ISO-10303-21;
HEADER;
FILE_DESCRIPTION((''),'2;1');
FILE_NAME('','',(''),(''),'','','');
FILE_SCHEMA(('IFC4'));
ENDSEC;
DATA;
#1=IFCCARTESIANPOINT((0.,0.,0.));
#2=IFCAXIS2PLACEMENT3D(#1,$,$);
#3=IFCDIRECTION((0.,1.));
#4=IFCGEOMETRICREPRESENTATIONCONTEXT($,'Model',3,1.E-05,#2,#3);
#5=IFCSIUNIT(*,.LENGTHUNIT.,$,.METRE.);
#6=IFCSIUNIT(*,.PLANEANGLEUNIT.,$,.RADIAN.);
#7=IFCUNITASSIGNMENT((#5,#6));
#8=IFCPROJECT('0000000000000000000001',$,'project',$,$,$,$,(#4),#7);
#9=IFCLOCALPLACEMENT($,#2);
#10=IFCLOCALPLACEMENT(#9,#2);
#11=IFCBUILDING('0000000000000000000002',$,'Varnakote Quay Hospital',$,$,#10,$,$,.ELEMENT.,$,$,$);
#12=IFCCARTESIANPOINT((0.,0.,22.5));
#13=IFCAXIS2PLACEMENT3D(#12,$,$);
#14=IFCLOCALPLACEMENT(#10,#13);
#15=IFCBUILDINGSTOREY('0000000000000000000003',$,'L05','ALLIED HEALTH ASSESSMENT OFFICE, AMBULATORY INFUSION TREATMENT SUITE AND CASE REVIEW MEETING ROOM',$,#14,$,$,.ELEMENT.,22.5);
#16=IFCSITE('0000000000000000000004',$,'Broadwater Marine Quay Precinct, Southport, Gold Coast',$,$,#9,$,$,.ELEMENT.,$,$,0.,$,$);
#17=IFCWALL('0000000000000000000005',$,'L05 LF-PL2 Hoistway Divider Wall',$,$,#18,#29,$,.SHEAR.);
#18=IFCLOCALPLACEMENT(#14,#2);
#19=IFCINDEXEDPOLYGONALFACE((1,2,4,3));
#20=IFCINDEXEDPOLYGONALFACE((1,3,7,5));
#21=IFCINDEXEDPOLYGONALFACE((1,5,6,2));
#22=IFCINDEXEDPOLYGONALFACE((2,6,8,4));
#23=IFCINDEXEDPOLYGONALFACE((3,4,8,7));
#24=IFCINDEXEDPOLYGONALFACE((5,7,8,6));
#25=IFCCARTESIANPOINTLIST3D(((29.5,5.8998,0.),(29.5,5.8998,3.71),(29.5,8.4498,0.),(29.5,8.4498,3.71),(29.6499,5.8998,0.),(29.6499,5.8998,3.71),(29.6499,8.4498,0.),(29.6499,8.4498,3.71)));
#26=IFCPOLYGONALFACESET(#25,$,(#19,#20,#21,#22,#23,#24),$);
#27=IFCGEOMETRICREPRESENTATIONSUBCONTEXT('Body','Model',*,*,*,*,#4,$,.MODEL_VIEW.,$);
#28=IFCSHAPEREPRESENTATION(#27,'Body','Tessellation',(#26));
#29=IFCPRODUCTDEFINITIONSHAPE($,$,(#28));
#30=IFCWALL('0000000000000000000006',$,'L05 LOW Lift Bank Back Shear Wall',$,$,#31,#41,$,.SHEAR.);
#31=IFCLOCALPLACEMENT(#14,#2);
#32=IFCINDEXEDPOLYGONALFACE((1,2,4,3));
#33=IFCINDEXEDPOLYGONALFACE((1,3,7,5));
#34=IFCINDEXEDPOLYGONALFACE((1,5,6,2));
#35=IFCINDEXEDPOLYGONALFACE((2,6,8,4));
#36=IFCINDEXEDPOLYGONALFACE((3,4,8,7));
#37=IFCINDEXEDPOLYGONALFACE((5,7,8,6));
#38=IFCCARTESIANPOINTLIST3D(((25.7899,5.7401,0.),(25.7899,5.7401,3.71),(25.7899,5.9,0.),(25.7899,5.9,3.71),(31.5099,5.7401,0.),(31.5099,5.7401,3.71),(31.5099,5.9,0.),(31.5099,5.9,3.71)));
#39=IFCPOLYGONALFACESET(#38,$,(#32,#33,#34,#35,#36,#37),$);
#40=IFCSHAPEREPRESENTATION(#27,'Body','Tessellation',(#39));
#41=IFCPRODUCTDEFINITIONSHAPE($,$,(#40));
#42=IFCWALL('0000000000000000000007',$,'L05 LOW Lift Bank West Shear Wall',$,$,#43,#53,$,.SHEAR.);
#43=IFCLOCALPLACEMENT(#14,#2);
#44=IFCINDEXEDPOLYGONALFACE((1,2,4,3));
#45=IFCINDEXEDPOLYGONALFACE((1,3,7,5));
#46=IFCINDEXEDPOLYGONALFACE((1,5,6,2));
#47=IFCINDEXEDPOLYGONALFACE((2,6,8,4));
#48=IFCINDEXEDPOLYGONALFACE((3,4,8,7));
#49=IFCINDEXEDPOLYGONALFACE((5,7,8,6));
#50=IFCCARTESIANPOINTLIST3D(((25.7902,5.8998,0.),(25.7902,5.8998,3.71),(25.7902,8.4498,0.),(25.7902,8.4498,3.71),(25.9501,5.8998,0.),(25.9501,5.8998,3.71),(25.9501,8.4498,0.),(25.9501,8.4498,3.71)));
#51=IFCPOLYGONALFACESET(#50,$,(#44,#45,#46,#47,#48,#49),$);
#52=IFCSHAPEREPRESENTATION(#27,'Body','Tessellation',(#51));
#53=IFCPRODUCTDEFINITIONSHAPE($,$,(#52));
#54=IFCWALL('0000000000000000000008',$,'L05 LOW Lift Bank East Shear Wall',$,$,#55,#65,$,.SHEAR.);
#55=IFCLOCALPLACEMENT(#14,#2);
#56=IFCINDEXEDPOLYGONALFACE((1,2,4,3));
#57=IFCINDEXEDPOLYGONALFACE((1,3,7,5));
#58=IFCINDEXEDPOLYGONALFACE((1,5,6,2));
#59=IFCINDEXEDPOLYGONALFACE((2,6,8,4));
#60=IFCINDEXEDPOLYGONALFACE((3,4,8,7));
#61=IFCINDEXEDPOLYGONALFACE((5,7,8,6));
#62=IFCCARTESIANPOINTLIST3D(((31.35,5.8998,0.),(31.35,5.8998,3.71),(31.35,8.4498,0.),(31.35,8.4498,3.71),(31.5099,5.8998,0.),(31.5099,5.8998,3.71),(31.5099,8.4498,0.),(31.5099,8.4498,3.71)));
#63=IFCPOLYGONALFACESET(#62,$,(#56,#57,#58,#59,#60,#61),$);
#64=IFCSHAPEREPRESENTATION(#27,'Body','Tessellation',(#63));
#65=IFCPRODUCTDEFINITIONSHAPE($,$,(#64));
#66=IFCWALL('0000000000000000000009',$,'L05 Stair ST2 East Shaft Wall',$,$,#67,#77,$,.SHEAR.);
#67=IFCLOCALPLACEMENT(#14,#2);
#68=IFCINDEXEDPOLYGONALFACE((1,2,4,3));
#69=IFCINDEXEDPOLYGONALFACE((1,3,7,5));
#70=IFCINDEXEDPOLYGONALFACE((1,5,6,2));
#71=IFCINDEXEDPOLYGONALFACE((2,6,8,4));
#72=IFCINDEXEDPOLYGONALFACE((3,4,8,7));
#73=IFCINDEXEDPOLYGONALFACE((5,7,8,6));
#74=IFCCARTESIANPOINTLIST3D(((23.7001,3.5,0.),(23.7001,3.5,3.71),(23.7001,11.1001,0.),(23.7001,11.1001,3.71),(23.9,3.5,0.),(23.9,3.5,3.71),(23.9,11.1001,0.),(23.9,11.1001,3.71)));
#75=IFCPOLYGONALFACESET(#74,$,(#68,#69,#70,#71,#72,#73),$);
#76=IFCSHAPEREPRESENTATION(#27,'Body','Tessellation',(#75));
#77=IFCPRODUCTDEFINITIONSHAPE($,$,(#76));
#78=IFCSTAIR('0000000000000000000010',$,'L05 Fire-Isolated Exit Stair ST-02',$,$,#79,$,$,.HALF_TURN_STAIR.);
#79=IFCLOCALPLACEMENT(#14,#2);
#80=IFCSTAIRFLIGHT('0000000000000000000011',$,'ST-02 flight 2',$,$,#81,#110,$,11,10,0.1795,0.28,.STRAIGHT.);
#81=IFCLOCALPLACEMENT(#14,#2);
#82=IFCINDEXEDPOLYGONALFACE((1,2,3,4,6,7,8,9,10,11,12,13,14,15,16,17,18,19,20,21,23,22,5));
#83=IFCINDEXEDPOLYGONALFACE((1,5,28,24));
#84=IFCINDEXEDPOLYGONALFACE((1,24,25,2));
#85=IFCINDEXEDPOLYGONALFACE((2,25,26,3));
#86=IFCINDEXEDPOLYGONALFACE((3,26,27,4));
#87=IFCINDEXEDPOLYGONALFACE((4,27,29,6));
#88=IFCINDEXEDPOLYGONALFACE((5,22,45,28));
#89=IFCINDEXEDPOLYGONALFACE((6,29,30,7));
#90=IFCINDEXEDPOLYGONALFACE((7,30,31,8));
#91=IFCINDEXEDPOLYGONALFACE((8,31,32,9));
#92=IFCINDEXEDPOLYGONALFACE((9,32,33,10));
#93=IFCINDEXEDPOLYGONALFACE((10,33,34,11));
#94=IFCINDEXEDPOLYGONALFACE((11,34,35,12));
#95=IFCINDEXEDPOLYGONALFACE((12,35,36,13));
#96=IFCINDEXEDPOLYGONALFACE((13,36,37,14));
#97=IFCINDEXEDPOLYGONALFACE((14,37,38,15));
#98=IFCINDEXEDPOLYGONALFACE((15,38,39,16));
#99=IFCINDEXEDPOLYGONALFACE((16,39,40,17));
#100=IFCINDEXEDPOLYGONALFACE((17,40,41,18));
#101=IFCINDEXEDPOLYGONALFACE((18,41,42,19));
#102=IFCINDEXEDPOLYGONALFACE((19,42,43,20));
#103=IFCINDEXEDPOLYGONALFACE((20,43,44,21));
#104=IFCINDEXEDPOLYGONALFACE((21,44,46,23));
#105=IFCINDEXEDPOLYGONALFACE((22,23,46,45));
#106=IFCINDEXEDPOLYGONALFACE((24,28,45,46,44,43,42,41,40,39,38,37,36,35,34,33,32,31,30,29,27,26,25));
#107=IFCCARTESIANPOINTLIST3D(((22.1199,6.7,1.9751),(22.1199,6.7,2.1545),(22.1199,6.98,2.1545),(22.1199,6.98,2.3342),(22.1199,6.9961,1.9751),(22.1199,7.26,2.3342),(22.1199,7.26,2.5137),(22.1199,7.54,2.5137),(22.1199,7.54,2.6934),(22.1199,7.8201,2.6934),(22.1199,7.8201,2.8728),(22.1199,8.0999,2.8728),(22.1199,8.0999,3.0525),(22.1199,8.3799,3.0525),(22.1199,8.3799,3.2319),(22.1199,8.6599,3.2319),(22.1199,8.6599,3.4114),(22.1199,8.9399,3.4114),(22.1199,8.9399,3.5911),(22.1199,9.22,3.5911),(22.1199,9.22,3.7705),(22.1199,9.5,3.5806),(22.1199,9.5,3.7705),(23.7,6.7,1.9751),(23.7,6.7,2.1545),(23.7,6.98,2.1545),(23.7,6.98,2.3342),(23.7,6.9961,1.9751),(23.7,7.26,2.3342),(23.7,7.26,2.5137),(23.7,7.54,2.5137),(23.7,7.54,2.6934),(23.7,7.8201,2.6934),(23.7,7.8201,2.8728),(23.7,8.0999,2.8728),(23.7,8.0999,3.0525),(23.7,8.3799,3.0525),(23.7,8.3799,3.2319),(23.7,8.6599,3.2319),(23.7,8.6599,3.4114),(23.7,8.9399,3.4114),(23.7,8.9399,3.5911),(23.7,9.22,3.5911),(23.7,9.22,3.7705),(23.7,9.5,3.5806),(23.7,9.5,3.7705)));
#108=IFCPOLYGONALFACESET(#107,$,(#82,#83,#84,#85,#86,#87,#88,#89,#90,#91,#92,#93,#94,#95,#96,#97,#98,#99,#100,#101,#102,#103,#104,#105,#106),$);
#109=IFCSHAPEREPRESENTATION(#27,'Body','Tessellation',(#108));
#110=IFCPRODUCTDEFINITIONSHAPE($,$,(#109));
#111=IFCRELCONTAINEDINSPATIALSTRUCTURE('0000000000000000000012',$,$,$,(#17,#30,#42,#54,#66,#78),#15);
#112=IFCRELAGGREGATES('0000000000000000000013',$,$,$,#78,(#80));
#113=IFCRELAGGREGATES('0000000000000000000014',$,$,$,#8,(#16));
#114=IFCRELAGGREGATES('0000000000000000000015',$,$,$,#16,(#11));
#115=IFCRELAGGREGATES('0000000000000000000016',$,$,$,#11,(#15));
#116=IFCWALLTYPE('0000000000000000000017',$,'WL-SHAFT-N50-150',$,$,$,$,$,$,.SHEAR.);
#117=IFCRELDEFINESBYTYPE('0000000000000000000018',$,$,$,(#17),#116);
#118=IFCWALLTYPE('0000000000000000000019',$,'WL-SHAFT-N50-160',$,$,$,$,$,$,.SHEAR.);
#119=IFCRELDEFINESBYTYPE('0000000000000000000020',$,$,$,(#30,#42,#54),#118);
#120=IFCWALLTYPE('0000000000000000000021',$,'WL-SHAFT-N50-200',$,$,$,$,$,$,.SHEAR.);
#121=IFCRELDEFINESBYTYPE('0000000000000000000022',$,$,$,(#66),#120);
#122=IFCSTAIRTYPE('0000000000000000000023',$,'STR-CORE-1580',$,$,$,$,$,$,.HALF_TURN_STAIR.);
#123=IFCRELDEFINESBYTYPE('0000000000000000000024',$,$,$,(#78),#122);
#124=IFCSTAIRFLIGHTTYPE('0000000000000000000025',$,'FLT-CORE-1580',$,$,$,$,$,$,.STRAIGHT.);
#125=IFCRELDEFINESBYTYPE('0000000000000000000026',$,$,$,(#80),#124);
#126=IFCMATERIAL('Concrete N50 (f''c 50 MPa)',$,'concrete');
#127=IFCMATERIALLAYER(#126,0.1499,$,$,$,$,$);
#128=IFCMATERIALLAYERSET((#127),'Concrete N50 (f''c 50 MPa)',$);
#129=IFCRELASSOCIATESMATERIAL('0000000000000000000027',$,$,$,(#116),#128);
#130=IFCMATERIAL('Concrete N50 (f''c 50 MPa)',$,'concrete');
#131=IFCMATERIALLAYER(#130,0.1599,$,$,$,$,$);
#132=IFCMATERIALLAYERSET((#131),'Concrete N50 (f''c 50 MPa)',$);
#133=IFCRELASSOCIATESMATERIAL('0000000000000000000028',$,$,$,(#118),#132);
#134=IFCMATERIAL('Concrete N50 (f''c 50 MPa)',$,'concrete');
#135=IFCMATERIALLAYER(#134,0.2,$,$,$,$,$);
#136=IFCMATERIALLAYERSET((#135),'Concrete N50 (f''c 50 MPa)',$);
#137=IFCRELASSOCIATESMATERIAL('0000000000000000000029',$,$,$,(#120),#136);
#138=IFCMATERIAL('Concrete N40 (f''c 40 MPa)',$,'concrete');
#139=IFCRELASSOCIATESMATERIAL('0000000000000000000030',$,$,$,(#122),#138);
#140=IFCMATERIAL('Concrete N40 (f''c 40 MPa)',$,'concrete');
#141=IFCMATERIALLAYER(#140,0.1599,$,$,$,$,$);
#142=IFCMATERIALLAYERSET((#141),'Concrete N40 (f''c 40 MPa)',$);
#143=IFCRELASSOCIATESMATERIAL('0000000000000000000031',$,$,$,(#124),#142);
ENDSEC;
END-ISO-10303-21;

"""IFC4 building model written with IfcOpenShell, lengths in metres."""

from ifc_helpers import new_model, si_unit, direction, frame, frame_2d, origin, place, context, subcontext, project, spatial, polyline, rectangle, outline, extrude, material, layer, layer_set, type_object, element, aggregate, save


model = new_model("IFC4")

# Units and contexts
model_context = context("Model", 3, precision=1e-05, world=origin(), true_north=direction((0.0, 1.0)))
body_context = subcontext(model_context, "Body", "Model", "MODEL_VIEW")
ifc_project = project(units=[si_unit("LENGTHUNIT", "METRE"), si_unit("PLANEANGLEUNIT", "RADIAN")], contexts=[model_context])

# Site, building, storey
site_placement = place(None, origin())
site = spatial("IfcSite", under=ifc_project, at=site_placement, Name="Broadwater Marine Quay Precinct, Southport, Gold Coast", CompositionType="ELEMENT", RefElevation=0.0)
building_placement = place(site_placement, origin())
building = spatial("IfcBuilding", under=site, at=building_placement, Name="Varnakote Quay Hospital", CompositionType="ELEMENT")
storey_placement = place(building_placement, frame((0.0, 0.0, 22.5)))
storey = spatial("IfcBuildingStorey", under=building, at=storey_placement, Name="L05", Description="ALLIED HEALTH ASSESSMENT OFFICE, AMBULATORY INFUSION TREATMENT SUITE AND CASE REVIEW MEETING ROOM", CompositionType="ELEMENT", Elevation=22.5)

# Walls
ifc_material_1 = material(Name="Concrete N50 (f'c 50 MPa)", Category="concrete")
ifc_layer_1 = layer(ifc_material_1, 0.1499)
ifc_layer_set_1 = layer_set([ifc_layer_1], Name="Concrete N50 (f'c 50 MPa)")
wall_type_1 = type_object("IfcWallType", Name="WL-SHAFT-N50-150", PredefinedType="SHEAR", material=ifc_layer_set_1)
for number, where, z_axis, x_axis, name in (
    (1, (29.575, 5.8999, 0.0), (0.0, 0.0, 1.0), (0.0, 1.0, 0.0), "L05 LF-PL2 Hoistway Divider Wall"),
):
    element("IfcWall", number, at=place(storey_placement, frame(where, z_axis=z_axis, x_axis=x_axis)), inside=storey, type_object=wall_type_1, Name=name, PredefinedType="SHEAR", context=body_context, shape_type="SweptSolid", body=[
        extrude(rectangle(XDim=2.55, YDim=0.1499, at=frame_2d((1.2749, 0.0))), origin(), (0.0, 0.0, 1.0), 3.71),
    ])
ifc_material_2 = material(Name="Concrete N50 (f'c 50 MPa)", Category="concrete")
ifc_layer_2 = layer(ifc_material_2, 0.1599)
ifc_layer_set_2 = layer_set([ifc_layer_2], Name="Concrete N50 (f'c 50 MPa)")
wall_type_2 = type_object("IfcWallType", Name="WL-SHAFT-N50-160", PredefinedType="SHEAR", material=ifc_layer_set_2)
wall_1_placement = place(storey_placement, frame((25.79, 5.8201, 0.0), z_axis=(0.0, 0.0, 1.0), x_axis=(1.0, 0.0, 0.0)))
element("IfcWall", 2, at=wall_1_placement, inside=storey, type_object=wall_type_2, Name="L05 LOW Lift Bank Back Shear Wall", PredefinedType="SHEAR", context=body_context, shape_type="SweptSolid", body=[
    extrude(rectangle(XDim=5.72, YDim=0.1599, at=frame_2d((2.8599, 0.0))), origin(), (0.0, 0.0, 1.0), 3.71),
])
for number, where, z_axis, x_axis, name in (
    (3, (25.8701, 5.8999, 0.0), (0.0, 0.0, 1.0), (0.0, 1.0, 0.0), "L05 LOW Lift Bank West Shear Wall"),
    (4, (31.4299, 5.8999, 0.0), (0.0, 0.0, 1.0), (0.0, 1.0, 0.0), "L05 LOW Lift Bank East Shear Wall"),
):
    element("IfcWall", number, at=place(storey_placement, frame(where, z_axis=z_axis, x_axis=x_axis)), inside=storey, type_object=wall_type_2, Name=name, PredefinedType="SHEAR", context=body_context, shape_type="SweptSolid", body=[
        extrude(rectangle(XDim=2.55, YDim=0.1599, at=frame_2d((1.2749, 0.0))), origin(), (0.0, 0.0, 1.0), 3.71),
    ])

# Wall
ifc_material_3 = material(Name="Concrete N50 (f'c 50 MPa)", Category="concrete")
ifc_layer_3 = layer(ifc_material_3, 0.2)
ifc_layer_set_3 = layer_set([ifc_layer_3], Name="Concrete N50 (f'c 50 MPa)")
wall_type_3 = type_object("IfcWallType", Name="WL-SHAFT-N50-200", PredefinedType="SHEAR", material=ifc_layer_set_3)
wall_2_placement = place(storey_placement, frame((23.8, 3.5, 0.0), z_axis=(0.0, 0.0, 1.0), x_axis=(0.0, 1.0, 0.0)))
element("IfcWall", 5, at=wall_2_placement, inside=storey, type_object=wall_type_3, Name="L05 Stair ST2 East Shaft Wall", PredefinedType="SHEAR", context=body_context, shape_type="SweptSolid", body=[
    extrude(rectangle(XDim=7.6001, YDim=0.2, at=frame_2d((3.8, 0.0))), origin(), (0.0, 0.0, 1.0), 3.71),
])

# Stair, stair flight
ifc_material_4 = material(Name="Concrete N40 (f'c 40 MPa)", Category="concrete")
stair_type = type_object("IfcStairType", Name="STR-CORE-1580", PredefinedType="HALF_TURN_STAIR", material=ifc_material_4)
stair_placement = place(storey_placement, origin())
stair = element("IfcStair", 6, at=stair_placement, inside=storey, type_object=stair_type, Name="L05 Fire-Isolated Exit Stair ST-02", PredefinedType="HALF_TURN_STAIR")
ifc_material_5 = material(Name="Concrete N40 (f'c 40 MPa)", Category="concrete")
ifc_layer_4 = layer(ifc_material_5, 0.1599)
ifc_layer_set_4 = layer_set([ifc_layer_4], Name="Concrete N40 (f'c 40 MPa)")
stair_flight_type = type_object("IfcStairFlightType", Name="FLT-CORE-1580", PredefinedType="STRAIGHT", material=ifc_layer_set_4)
stair_flight_placement = place(storey_placement, frame((22.9099, 6.7, 1.9751), z_axis=(0.0, 0.0, 1.0), x_axis=(0.0, 1.0, 0.0)))
stair_flight = element("IfcStairFlight", 7, at=stair_flight_placement, type_object=stair_flight_type, Name="ST-02 flight 2", NumberOfRisers=11, NumberOfTreads=10, PredefinedType="STRAIGHT", RiserHeight=0.1795, TreadLength=0.28, context=body_context, shape_type="SweptSolid", body=[
    extrude(outline(polyline([(0.0, 0.0), (0.0, 0.1794), (0.28, 0.1794), (0.28, 0.3591), (0.5601, 0.3591), (0.5601, 0.5386), (0.8401, 0.5386), (0.8401, 0.7183), (1.1201, 0.7183), (1.1201, 0.8977), (1.3999, 0.8977), (1.3999, 1.0774), (1.6799, 1.0774), (1.6799, 1.2568), (1.96, 1.2568), (1.96, 1.4363), (2.24, 1.4363), (2.24, 1.616), (2.52, 1.616), (2.52, 1.7954), (2.8, 1.7954), (2.8, 1.9751), (2.8, 1.6055), (0.2961, 0.0), (0.0, 0.0)])), frame((0.0, 0.79, 0.0), z_axis=(0.0, -1.0, 0.0), x_axis=(1.0, 0.0, 0.0)), (0.0, 0.0, 1.0), 1.5801),
])
aggregate(stair, [stair_flight])

save(model, "model.ifc")
